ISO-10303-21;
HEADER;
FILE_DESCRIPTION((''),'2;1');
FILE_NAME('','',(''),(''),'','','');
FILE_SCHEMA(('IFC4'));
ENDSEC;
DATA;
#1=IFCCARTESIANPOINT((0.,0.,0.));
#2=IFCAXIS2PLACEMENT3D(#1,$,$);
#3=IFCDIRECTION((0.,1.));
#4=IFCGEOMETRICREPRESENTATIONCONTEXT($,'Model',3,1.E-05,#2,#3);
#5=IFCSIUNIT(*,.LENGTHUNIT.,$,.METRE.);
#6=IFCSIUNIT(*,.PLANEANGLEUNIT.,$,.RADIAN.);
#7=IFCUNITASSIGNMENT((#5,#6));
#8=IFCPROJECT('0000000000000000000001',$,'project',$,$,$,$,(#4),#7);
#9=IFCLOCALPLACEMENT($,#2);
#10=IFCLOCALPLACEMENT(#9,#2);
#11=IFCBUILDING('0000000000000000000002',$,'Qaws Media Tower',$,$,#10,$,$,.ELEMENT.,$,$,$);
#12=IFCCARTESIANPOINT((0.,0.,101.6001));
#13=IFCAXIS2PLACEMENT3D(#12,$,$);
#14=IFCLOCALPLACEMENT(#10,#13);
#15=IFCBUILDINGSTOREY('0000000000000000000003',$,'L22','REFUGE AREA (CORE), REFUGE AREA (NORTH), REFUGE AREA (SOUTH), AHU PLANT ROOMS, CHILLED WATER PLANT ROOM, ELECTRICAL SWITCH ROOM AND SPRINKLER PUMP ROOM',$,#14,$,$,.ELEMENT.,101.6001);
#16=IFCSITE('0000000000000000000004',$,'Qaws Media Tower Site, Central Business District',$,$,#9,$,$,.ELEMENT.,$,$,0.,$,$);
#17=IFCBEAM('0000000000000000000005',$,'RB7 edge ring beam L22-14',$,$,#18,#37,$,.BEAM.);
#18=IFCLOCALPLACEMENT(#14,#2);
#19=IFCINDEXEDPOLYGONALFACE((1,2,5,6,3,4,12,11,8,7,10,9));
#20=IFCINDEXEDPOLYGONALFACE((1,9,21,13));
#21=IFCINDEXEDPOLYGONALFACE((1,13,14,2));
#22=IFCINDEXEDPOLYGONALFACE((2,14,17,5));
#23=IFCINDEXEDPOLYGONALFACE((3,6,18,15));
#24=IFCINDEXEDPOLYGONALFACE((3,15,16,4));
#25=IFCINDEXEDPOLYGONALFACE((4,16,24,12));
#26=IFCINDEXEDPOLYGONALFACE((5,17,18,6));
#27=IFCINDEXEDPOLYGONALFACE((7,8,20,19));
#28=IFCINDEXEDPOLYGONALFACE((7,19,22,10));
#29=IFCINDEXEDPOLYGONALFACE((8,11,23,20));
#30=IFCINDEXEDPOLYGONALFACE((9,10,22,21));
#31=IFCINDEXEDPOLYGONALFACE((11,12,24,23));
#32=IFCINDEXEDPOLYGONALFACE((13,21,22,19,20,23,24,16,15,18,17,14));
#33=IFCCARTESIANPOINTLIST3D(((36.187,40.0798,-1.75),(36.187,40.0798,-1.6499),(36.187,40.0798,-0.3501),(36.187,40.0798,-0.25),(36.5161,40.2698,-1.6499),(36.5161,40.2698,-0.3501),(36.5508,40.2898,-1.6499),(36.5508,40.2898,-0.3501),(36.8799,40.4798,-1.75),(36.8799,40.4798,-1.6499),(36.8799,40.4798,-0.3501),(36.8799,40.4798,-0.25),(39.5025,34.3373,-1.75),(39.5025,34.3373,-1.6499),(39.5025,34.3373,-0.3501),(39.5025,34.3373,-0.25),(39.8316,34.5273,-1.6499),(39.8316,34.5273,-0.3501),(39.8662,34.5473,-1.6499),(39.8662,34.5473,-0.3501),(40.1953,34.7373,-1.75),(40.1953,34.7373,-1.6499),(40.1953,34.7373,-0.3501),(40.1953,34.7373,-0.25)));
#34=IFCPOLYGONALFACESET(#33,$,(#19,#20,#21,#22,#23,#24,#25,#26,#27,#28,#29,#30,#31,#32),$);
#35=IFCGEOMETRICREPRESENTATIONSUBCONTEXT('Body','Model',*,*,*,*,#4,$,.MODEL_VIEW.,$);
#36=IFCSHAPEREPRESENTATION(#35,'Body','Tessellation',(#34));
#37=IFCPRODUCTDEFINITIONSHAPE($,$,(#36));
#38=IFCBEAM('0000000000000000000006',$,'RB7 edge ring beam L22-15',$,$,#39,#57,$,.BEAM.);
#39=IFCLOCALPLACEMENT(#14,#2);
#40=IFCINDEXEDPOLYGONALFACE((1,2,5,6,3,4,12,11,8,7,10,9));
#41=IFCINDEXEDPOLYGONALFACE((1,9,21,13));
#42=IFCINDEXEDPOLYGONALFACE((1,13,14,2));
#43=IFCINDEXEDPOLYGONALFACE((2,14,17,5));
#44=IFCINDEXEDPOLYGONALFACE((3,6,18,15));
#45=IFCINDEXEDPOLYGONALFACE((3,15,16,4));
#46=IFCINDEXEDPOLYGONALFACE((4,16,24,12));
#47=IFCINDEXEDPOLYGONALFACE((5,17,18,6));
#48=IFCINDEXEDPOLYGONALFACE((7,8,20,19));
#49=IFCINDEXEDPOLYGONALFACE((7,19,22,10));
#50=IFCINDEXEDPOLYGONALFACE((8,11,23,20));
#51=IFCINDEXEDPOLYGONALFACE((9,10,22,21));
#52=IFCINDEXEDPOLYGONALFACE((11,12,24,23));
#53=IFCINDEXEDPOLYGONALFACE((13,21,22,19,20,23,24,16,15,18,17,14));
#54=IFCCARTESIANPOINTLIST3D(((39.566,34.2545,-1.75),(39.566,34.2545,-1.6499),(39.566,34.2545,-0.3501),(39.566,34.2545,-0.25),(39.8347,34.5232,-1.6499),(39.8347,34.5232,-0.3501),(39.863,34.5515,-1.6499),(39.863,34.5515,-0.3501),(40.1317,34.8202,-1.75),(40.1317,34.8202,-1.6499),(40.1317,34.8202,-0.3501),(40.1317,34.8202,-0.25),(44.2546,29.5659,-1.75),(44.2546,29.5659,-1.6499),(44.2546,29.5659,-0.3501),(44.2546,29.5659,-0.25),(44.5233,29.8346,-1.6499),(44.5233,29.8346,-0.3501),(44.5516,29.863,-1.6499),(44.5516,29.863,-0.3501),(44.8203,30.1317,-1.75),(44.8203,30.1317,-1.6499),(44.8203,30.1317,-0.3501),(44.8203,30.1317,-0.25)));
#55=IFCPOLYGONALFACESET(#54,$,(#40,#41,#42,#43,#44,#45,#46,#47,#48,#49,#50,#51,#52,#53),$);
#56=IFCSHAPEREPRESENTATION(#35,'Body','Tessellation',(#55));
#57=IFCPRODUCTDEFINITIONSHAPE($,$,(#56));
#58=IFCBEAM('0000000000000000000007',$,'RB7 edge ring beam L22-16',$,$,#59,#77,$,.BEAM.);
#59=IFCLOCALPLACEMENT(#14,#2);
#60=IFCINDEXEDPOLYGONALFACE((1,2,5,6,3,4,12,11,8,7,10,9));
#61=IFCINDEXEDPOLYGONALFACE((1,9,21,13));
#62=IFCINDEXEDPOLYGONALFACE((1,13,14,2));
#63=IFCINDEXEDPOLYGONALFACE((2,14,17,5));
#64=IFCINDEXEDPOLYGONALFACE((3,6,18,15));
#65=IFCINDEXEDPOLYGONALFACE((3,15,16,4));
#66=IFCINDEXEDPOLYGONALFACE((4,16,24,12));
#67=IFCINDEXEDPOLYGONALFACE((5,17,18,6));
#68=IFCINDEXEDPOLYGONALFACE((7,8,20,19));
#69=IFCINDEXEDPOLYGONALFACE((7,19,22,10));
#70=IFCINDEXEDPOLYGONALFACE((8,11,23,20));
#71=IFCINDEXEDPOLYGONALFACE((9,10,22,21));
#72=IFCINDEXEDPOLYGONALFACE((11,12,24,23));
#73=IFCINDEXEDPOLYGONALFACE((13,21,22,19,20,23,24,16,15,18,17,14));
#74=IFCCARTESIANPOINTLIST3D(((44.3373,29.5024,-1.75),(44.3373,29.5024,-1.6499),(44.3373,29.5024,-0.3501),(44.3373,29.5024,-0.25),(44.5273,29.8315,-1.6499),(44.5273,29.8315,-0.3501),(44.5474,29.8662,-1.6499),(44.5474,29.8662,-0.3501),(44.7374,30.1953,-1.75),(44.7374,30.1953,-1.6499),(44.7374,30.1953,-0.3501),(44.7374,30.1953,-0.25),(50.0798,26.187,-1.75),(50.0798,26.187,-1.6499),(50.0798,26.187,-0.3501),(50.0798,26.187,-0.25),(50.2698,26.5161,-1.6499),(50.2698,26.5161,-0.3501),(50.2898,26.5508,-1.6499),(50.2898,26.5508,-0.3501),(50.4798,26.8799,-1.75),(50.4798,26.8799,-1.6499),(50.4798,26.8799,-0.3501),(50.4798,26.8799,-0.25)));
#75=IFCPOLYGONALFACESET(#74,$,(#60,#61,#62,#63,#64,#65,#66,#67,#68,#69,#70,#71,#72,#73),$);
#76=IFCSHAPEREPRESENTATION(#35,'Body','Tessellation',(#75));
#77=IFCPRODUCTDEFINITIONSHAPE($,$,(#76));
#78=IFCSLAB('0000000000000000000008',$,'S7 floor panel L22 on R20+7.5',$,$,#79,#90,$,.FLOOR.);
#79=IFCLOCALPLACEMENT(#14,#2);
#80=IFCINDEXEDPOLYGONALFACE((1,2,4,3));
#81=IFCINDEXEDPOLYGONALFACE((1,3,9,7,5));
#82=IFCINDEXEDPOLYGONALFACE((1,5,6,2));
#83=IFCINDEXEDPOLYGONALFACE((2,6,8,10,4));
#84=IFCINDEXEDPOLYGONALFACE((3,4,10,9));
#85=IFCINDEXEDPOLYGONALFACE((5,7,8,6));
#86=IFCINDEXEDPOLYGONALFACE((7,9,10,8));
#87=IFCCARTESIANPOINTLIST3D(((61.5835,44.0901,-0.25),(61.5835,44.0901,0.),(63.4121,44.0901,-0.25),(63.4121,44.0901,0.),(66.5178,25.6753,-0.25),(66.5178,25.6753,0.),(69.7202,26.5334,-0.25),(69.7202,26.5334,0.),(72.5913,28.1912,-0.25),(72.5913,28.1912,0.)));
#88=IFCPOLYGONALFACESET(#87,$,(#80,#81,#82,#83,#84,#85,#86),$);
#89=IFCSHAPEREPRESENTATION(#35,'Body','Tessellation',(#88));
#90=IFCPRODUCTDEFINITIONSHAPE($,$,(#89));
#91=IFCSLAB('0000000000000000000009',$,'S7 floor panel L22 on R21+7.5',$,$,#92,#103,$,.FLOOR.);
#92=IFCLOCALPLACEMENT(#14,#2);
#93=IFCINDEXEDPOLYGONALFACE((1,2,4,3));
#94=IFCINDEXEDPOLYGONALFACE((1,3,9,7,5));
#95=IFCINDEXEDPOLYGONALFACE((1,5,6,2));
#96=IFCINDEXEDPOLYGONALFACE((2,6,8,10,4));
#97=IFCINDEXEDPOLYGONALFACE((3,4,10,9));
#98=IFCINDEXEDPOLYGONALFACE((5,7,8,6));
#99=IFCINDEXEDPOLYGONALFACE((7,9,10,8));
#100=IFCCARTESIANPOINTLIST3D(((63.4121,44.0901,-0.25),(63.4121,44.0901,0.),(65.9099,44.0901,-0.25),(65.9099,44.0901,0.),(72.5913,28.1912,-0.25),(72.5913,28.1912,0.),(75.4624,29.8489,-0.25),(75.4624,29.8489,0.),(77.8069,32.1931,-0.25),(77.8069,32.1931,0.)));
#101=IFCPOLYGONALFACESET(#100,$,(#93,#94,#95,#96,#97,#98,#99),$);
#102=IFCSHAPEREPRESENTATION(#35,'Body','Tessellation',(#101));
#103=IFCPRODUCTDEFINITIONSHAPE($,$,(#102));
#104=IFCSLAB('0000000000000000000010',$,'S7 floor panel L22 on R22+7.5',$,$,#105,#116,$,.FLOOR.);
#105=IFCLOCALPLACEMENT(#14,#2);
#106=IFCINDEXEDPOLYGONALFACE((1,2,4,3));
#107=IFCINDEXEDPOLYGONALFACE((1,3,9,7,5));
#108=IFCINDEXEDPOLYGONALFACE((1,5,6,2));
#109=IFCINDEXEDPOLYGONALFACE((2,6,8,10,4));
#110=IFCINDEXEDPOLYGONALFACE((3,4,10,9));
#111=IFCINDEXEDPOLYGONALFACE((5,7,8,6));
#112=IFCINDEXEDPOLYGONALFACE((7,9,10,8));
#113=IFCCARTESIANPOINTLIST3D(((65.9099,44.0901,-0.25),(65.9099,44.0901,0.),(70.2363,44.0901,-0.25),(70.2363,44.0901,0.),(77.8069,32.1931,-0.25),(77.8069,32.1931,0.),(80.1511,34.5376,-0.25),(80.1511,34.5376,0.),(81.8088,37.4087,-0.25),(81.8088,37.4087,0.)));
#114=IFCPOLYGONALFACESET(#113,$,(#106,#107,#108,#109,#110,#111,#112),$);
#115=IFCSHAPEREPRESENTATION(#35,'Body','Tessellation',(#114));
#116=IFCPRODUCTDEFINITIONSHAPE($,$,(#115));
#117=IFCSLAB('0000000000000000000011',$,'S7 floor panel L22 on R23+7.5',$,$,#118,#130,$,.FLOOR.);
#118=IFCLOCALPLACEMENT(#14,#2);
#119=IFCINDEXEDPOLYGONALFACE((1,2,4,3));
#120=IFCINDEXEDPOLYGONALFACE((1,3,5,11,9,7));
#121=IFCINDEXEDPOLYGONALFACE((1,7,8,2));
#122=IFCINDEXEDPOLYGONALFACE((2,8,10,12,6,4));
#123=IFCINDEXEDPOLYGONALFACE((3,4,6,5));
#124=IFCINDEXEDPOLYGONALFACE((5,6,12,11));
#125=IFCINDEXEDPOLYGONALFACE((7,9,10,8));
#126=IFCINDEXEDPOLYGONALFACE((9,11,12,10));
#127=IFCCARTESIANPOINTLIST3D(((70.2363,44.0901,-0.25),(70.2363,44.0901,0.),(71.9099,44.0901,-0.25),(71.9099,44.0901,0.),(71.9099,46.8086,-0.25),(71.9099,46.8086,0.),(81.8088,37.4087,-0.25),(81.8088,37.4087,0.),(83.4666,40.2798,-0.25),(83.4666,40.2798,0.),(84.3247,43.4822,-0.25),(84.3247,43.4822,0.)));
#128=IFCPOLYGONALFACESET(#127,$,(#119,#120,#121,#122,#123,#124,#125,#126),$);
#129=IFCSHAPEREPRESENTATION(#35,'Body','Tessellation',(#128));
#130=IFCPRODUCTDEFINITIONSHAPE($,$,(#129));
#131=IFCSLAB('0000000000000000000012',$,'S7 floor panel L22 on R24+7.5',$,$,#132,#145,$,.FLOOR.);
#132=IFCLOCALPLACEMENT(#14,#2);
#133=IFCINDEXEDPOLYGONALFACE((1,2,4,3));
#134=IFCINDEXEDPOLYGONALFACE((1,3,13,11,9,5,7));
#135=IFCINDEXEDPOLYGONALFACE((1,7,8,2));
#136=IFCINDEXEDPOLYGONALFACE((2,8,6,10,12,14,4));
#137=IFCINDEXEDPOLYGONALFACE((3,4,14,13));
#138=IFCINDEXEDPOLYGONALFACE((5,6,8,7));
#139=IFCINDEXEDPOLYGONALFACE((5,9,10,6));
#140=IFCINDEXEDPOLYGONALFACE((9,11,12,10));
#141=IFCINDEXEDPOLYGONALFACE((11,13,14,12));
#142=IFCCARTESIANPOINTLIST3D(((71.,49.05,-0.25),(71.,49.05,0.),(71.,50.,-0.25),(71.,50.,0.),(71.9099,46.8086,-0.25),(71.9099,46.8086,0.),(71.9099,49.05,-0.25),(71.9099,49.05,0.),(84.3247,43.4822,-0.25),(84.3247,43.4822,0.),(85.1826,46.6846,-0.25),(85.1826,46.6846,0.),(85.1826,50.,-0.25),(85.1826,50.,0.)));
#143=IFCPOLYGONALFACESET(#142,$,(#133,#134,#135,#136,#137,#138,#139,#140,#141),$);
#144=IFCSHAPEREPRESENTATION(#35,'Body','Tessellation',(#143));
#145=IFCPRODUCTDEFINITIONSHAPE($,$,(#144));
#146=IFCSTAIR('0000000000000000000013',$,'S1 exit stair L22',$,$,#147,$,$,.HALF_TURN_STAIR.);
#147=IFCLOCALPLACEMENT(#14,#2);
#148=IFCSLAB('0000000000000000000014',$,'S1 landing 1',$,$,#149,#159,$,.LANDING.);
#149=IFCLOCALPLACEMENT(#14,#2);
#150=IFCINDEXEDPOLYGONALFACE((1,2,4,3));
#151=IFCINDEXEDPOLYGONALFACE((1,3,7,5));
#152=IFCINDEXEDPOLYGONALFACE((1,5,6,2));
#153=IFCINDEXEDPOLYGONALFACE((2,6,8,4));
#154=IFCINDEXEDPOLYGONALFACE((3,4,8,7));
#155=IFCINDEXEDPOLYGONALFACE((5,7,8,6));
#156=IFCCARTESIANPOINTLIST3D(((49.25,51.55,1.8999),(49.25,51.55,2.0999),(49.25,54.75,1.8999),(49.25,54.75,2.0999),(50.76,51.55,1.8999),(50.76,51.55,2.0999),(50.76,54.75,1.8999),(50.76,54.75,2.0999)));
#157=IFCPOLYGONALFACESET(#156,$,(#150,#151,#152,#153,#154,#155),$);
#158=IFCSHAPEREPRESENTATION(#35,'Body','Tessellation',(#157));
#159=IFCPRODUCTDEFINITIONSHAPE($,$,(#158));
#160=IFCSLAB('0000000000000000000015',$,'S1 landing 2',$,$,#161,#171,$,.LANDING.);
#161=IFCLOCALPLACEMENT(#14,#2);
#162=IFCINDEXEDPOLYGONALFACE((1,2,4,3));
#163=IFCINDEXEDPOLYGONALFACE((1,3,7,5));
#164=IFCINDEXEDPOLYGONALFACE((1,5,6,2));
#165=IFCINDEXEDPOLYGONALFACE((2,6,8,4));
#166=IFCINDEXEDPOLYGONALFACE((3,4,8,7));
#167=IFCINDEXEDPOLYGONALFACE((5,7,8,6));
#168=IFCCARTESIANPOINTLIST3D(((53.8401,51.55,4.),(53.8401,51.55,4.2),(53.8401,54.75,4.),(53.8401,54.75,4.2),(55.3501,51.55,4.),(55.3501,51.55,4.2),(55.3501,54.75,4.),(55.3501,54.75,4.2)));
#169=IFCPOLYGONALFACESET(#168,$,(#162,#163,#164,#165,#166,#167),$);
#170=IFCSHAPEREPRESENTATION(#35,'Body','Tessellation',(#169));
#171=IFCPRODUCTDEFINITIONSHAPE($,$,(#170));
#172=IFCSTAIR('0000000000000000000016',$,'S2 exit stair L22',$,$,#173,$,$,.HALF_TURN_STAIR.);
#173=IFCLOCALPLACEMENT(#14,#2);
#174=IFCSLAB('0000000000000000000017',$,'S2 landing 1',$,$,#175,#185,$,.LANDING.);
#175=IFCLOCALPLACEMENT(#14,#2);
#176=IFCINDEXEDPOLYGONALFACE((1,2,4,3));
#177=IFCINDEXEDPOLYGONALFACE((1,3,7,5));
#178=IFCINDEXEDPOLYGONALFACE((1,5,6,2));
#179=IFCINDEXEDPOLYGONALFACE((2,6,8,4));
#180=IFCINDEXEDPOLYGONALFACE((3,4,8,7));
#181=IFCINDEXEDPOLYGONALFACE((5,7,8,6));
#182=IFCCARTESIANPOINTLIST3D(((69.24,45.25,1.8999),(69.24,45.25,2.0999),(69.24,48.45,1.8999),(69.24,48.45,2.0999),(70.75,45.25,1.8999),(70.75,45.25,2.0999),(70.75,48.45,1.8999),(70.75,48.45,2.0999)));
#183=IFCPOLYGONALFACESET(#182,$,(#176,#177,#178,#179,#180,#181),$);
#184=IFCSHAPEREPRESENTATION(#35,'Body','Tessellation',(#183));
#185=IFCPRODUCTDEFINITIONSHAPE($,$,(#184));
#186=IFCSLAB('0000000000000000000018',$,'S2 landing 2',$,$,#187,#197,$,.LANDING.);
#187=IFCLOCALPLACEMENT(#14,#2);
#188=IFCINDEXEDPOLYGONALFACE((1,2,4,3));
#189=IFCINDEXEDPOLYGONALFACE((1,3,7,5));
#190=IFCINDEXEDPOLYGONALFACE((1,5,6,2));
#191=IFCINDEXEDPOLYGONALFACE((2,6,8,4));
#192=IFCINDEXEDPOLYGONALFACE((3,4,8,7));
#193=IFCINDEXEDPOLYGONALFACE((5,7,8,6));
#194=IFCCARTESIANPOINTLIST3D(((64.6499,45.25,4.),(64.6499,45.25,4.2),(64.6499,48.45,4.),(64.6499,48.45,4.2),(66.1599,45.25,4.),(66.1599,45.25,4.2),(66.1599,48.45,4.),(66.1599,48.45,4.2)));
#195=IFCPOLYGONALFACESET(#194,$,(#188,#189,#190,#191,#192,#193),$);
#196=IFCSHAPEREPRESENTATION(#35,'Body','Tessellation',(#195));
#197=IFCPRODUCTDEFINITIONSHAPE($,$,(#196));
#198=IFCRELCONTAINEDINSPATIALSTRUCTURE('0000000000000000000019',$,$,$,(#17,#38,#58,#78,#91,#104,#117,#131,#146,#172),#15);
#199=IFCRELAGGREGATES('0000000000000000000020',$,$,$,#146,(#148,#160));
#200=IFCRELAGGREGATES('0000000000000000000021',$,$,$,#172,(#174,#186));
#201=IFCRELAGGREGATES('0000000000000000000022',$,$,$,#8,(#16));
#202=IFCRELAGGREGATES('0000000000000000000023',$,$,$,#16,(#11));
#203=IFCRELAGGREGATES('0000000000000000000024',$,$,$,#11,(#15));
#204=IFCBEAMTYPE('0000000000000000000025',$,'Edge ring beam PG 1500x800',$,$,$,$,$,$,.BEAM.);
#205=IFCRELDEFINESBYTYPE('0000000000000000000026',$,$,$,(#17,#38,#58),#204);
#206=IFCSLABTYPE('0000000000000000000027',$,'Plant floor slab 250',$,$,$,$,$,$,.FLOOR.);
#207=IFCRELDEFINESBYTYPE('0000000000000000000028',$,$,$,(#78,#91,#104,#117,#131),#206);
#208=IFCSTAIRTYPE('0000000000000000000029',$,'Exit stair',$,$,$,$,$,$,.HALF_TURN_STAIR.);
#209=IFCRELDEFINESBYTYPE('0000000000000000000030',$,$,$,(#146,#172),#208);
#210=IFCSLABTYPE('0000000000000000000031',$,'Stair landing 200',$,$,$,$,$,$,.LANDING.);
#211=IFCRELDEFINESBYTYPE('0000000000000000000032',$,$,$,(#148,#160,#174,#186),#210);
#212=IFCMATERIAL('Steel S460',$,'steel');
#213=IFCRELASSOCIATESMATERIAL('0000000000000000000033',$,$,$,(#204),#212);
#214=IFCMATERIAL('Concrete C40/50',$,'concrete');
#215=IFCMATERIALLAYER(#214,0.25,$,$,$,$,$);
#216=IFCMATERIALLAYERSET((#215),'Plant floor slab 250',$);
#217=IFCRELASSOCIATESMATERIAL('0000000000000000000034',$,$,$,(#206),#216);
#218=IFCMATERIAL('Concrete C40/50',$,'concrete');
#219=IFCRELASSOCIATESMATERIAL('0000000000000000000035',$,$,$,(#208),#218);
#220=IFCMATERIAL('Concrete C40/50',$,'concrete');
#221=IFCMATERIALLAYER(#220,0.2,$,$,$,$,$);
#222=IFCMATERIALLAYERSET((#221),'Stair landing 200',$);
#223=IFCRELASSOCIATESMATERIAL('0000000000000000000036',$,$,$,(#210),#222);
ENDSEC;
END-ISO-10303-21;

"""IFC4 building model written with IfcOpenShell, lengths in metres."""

from ifc_helpers import new_model, si_unit, direction, frame, origin, origin_2d, place, context, subcontext, project, spatial, polyline, i_section, outline, extrude, material, layer, layer_set, material_profile, profile_set, type_object, element, aggregate, save


model = new_model("IFC4")

# Units and contexts
model_context = context("Model", 3, precision=1e-05, world=origin(), true_north=direction((0.0, 1.0)))
body_context = subcontext(model_context, "Body", "Model", "MODEL_VIEW")
ifc_project = project(units=[si_unit("LENGTHUNIT", "METRE"), si_unit("PLANEANGLEUNIT", "RADIAN")], contexts=[model_context])

# Site, building, storey
site_placement = place(None, origin())
site = spatial("IfcSite", under=ifc_project, at=site_placement, Name="Qaws Media Tower Site, Central Business District", CompositionType="ELEMENT", RefElevation=0.0)
building_placement = place(site_placement, origin())
building = spatial("IfcBuilding", under=site, at=building_placement, Name="Qaws Media Tower", CompositionType="ELEMENT")
storey_placement = place(building_placement, frame((0.0, 0.0, 101.6001)))
storey = spatial("IfcBuildingStorey", under=building, at=storey_placement, Name="L22", Description="REFUGE AREA (CORE), REFUGE AREA (NORTH), REFUGE AREA (SOUTH), AHU PLANT ROOMS, CHILLED WATER PLANT ROOM, ELECTRICAL SWITCH ROOM AND SPRINKLER PUMP ROOM", CompositionType="ELEMENT", Elevation=101.6001)

# Beams
ifc_material_1 = material(Name="Steel S460", Category="steel")
ifc_material_profile_1 = material_profile(ifc_material_1, i_section(OverallWidth=0.8, OverallDepth=1.5, WebThickness=0.04, FlangeThickness=0.1001, at=origin_2d()), Name="PG 1500x800")
ifc_profile_set_1 = profile_set([ifc_material_profile_1], Name="Steel S460")
beam_type = type_object("IfcBeamType", Name="Edge ring beam PG 1500x800", PredefinedType="BEAM", material=ifc_profile_set_1)
beam_1_placement = place(storey_placement, frame((36.5334, 40.2798, -1.0), z_axis=(0.500004, -0.866023, 0.0), x_axis=(0.866023, 0.500004, 0.0)))
element("IfcBeam", 1, at=beam_1_placement, inside=storey, type_object=beam_type, Name="RB7 edge ring beam L22-14", PredefinedType="BEAM", context=body_context, shape_type="SweptSolid", body=[
    extrude(i_section(OverallWidth=0.8, OverallDepth=1.5, WebThickness=0.04, FlangeThickness=0.1001, at=origin_2d()), origin(), (0.0, 0.0, 1.0), 6.6309),
])
beam_2_placement = place(storey_placement, frame((39.8489, 34.5374, -1.0), z_axis=(0.707107, -0.707107, 0.0), x_axis=(0.707107, 0.707107, 0.0)))
element("IfcBeam", 2, at=beam_2_placement, inside=storey, type_object=beam_type, Name="RB7 edge ring beam L22-15", PredefinedType="BEAM", context=body_context, shape_type="SweptSolid", body=[
    extrude(i_section(OverallWidth=0.8, OverallDepth=1.5, WebThickness=0.04, FlangeThickness=0.1001, at=origin_2d()), origin(), (0.0, 0.0, 1.0), 6.6306),
])
beam_3_placement = place(storey_placement, frame((44.5374, 29.8489, -1.0), z_axis=(0.866023, -0.500004, 0.0), x_axis=(0.500004, 0.866023, 0.0)))
element("IfcBeam", 3, at=beam_3_placement, inside=storey, type_object=beam_type, Name="RB7 edge ring beam L22-16", PredefinedType="BEAM", context=body_context, shape_type="SweptSolid", body=[
    extrude(i_section(OverallWidth=0.8, OverallDepth=1.5, WebThickness=0.04, FlangeThickness=0.1001, at=origin_2d()), origin(), (0.0, 0.0, 1.0), 6.6309),
])

# Slabs
ifc_material_2 = material(Name="Concrete C40/50", Category="concrete")
ifc_layer_1 = layer(ifc_material_2, 0.25)
ifc_layer_set_1 = layer_set([ifc_layer_1], Name="Plant floor slab 250")
slab_type_1 = type_object("IfcSlabType", Name="Plant floor slab 250", PredefinedType="FLOOR", material=ifc_layer_set_1)
slab_1_placement = place(storey_placement, frame((0.0, 0.0, -0.25)))
element("IfcSlab", 4, at=slab_1_placement, inside=storey, type_object=slab_type_1, Name="S7 floor panel L22 on R20+7.5", PredefinedType="FLOOR", context=body_context, shape_type="SweptSolid", body=[
    extrude(outline(polyline([(69.7202, 26.5334), (66.5178, 25.6753), (61.5835, 44.0901), (63.4121, 44.0901), (72.5913, 28.1912), (69.7202, 26.5334)])), origin(), (0.0, 0.0, 1.0), 0.25),
])
slab_2_placement = place(storey_placement, frame((0.0, 0.0, -0.25)))
element("IfcSlab", 5, at=slab_2_placement, inside=storey, type_object=slab_type_1, Name="S7 floor panel L22 on R21+7.5", PredefinedType="FLOOR", context=body_context, shape_type="SweptSolid", body=[
    extrude(outline(polyline([(75.4624, 29.8489), (72.5913, 28.1912), (63.4121, 44.0901), (65.9099, 44.0901), (77.8069, 32.1931), (75.4624, 29.8489)])), origin(), (0.0, 0.0, 1.0), 0.25),
])
slab_3_placement = place(storey_placement, frame((0.0, 0.0, -0.25)))
element("IfcSlab", 6, at=slab_3_placement, inside=storey, type_object=slab_type_1, Name="S7 floor panel L22 on R22+7.5", PredefinedType="FLOOR", context=body_context, shape_type="SweptSolid", body=[
    extrude(outline(polyline([(80.1511, 34.5376), (77.8069, 32.1931), (65.9099, 44.0901), (70.2363, 44.0901), (81.8088, 37.4087), (80.1511, 34.5376)])), origin(), (0.0, 0.0, 1.0), 0.25),
])
slab_4_placement = place(storey_placement, frame((0.0, 0.0, -0.25)))
element("IfcSlab", 7, at=slab_4_placement, inside=storey, type_object=slab_type_1, Name="S7 floor panel L22 on R23+7.5", PredefinedType="FLOOR", context=body_context, shape_type="SweptSolid", body=[
    extrude(outline(polyline([(81.8088, 37.4087), (70.2363, 44.0901), (71.9099, 44.0901), (71.9099, 46.8086), (84.3247, 43.4822), (83.4666, 40.2798), (81.8088, 37.4087)])), origin(), (0.0, 0.0, 1.0), 0.25),
])
slab_5_placement = place(storey_placement, frame((0.0, 0.0, -0.25)))
element("IfcSlab", 8, at=slab_5_placement, inside=storey, type_object=slab_type_1, Name="S7 floor panel L22 on R24+7.5", PredefinedType="FLOOR", context=body_context, shape_type="SweptSolid", body=[
    extrude(outline(polyline([(85.1826, 46.6846), (84.3247, 43.4822), (71.9099, 46.8086), (71.9099, 49.05), (71.0, 49.05), (71.0, 50.0), (85.1826, 50.0), (85.1826, 46.6846)])), origin(), (0.0, 0.0, 1.0), 0.25),
])

# Stairs, slabs
ifc_material_3 = material(Name="Concrete C40/50", Category="concrete")
stair_type = type_object("IfcStairType", Name="Exit stair", PredefinedType="HALF_TURN_STAIR", material=ifc_material_3)
stair_1_placement = place(storey_placement, origin())
stair_1 = element("IfcStair", 9, at=stair_1_placement, inside=storey, type_object=stair_type, Name="S1 exit stair L22", PredefinedType="HALF_TURN_STAIR")
ifc_material_4 = material(Name="Concrete C40/50", Category="concrete")
ifc_layer_2 = layer(ifc_material_4, 0.2)
ifc_layer_set_2 = layer_set([ifc_layer_2], Name="Stair landing 200")
slab_type_2 = type_object("IfcSlabType", Name="Stair landing 200", PredefinedType="LANDING", material=ifc_layer_set_2)
slab_6_placement = place(storey_placement, frame((0.0, 0.0, 1.8999)))
slab_6 = element("IfcSlab", 10, at=slab_6_placement, type_object=slab_type_2, Name="S1 landing 1", PredefinedType="LANDING", context=body_context, shape_type="SweptSolid", body=[
    extrude(outline(polyline([(49.25, 51.55), (50.76, 51.55), (50.76, 54.75), (49.25, 54.75), (49.25, 51.55)])), origin(), (0.0, 0.0, 1.0), 0.2),
])
slab_7_placement = place(storey_placement, frame((0.0, 0.0, 4.0)))
slab_7 = element("IfcSlab", 11, at=slab_7_placement, type_object=slab_type_2, Name="S1 landing 2", PredefinedType="LANDING", context=body_context, shape_type="SweptSolid", body=[
    extrude(outline(polyline([(53.8401, 51.55), (55.3501, 51.55), (55.3501, 54.75), (53.8401, 54.75), (53.8401, 51.55)])), origin(), (0.0, 0.0, 1.0), 0.2),
])
aggregate(stair_1, [slab_6, slab_7])
stair_2_placement = place(storey_placement, origin())
stair_2 = element("IfcStair", 12, at=stair_2_placement, inside=storey, type_object=stair_type, Name="S2 exit stair L22", PredefinedType="HALF_TURN_STAIR")
slab_8_placement = place(storey_placement, frame((0.0, 0.0, 1.8999)))
slab_8 = element("IfcSlab", 13, at=slab_8_placement, type_object=slab_type_2, Name="S2 landing 1", PredefinedType="LANDING", context=body_context, shape_type="SweptSolid", body=[
    extrude(outline(polyline([(69.24, 45.25), (70.75, 45.25), (70.75, 48.45), (69.24, 48.45), (69.24, 45.25)])), origin(), (0.0, 0.0, 1.0), 0.2),
])
slab_9_placement = place(storey_placement, frame((0.0, 0.0, 4.0)))
slab_9 = element("IfcSlab", 14, at=slab_9_placement, type_object=slab_type_2, Name="S2 landing 2", PredefinedType="LANDING", context=body_context, shape_type="SweptSolid", body=[
    extrude(outline(polyline([(64.6499, 45.25), (66.1599, 45.25), (66.1599, 48.45), (64.6499, 48.45), (64.6499, 45.25)])), origin(), (0.0, 0.0, 1.0), 0.2),
])
aggregate(stair_2, [slab_8, slab_9])

save(model, "model.ifc")
